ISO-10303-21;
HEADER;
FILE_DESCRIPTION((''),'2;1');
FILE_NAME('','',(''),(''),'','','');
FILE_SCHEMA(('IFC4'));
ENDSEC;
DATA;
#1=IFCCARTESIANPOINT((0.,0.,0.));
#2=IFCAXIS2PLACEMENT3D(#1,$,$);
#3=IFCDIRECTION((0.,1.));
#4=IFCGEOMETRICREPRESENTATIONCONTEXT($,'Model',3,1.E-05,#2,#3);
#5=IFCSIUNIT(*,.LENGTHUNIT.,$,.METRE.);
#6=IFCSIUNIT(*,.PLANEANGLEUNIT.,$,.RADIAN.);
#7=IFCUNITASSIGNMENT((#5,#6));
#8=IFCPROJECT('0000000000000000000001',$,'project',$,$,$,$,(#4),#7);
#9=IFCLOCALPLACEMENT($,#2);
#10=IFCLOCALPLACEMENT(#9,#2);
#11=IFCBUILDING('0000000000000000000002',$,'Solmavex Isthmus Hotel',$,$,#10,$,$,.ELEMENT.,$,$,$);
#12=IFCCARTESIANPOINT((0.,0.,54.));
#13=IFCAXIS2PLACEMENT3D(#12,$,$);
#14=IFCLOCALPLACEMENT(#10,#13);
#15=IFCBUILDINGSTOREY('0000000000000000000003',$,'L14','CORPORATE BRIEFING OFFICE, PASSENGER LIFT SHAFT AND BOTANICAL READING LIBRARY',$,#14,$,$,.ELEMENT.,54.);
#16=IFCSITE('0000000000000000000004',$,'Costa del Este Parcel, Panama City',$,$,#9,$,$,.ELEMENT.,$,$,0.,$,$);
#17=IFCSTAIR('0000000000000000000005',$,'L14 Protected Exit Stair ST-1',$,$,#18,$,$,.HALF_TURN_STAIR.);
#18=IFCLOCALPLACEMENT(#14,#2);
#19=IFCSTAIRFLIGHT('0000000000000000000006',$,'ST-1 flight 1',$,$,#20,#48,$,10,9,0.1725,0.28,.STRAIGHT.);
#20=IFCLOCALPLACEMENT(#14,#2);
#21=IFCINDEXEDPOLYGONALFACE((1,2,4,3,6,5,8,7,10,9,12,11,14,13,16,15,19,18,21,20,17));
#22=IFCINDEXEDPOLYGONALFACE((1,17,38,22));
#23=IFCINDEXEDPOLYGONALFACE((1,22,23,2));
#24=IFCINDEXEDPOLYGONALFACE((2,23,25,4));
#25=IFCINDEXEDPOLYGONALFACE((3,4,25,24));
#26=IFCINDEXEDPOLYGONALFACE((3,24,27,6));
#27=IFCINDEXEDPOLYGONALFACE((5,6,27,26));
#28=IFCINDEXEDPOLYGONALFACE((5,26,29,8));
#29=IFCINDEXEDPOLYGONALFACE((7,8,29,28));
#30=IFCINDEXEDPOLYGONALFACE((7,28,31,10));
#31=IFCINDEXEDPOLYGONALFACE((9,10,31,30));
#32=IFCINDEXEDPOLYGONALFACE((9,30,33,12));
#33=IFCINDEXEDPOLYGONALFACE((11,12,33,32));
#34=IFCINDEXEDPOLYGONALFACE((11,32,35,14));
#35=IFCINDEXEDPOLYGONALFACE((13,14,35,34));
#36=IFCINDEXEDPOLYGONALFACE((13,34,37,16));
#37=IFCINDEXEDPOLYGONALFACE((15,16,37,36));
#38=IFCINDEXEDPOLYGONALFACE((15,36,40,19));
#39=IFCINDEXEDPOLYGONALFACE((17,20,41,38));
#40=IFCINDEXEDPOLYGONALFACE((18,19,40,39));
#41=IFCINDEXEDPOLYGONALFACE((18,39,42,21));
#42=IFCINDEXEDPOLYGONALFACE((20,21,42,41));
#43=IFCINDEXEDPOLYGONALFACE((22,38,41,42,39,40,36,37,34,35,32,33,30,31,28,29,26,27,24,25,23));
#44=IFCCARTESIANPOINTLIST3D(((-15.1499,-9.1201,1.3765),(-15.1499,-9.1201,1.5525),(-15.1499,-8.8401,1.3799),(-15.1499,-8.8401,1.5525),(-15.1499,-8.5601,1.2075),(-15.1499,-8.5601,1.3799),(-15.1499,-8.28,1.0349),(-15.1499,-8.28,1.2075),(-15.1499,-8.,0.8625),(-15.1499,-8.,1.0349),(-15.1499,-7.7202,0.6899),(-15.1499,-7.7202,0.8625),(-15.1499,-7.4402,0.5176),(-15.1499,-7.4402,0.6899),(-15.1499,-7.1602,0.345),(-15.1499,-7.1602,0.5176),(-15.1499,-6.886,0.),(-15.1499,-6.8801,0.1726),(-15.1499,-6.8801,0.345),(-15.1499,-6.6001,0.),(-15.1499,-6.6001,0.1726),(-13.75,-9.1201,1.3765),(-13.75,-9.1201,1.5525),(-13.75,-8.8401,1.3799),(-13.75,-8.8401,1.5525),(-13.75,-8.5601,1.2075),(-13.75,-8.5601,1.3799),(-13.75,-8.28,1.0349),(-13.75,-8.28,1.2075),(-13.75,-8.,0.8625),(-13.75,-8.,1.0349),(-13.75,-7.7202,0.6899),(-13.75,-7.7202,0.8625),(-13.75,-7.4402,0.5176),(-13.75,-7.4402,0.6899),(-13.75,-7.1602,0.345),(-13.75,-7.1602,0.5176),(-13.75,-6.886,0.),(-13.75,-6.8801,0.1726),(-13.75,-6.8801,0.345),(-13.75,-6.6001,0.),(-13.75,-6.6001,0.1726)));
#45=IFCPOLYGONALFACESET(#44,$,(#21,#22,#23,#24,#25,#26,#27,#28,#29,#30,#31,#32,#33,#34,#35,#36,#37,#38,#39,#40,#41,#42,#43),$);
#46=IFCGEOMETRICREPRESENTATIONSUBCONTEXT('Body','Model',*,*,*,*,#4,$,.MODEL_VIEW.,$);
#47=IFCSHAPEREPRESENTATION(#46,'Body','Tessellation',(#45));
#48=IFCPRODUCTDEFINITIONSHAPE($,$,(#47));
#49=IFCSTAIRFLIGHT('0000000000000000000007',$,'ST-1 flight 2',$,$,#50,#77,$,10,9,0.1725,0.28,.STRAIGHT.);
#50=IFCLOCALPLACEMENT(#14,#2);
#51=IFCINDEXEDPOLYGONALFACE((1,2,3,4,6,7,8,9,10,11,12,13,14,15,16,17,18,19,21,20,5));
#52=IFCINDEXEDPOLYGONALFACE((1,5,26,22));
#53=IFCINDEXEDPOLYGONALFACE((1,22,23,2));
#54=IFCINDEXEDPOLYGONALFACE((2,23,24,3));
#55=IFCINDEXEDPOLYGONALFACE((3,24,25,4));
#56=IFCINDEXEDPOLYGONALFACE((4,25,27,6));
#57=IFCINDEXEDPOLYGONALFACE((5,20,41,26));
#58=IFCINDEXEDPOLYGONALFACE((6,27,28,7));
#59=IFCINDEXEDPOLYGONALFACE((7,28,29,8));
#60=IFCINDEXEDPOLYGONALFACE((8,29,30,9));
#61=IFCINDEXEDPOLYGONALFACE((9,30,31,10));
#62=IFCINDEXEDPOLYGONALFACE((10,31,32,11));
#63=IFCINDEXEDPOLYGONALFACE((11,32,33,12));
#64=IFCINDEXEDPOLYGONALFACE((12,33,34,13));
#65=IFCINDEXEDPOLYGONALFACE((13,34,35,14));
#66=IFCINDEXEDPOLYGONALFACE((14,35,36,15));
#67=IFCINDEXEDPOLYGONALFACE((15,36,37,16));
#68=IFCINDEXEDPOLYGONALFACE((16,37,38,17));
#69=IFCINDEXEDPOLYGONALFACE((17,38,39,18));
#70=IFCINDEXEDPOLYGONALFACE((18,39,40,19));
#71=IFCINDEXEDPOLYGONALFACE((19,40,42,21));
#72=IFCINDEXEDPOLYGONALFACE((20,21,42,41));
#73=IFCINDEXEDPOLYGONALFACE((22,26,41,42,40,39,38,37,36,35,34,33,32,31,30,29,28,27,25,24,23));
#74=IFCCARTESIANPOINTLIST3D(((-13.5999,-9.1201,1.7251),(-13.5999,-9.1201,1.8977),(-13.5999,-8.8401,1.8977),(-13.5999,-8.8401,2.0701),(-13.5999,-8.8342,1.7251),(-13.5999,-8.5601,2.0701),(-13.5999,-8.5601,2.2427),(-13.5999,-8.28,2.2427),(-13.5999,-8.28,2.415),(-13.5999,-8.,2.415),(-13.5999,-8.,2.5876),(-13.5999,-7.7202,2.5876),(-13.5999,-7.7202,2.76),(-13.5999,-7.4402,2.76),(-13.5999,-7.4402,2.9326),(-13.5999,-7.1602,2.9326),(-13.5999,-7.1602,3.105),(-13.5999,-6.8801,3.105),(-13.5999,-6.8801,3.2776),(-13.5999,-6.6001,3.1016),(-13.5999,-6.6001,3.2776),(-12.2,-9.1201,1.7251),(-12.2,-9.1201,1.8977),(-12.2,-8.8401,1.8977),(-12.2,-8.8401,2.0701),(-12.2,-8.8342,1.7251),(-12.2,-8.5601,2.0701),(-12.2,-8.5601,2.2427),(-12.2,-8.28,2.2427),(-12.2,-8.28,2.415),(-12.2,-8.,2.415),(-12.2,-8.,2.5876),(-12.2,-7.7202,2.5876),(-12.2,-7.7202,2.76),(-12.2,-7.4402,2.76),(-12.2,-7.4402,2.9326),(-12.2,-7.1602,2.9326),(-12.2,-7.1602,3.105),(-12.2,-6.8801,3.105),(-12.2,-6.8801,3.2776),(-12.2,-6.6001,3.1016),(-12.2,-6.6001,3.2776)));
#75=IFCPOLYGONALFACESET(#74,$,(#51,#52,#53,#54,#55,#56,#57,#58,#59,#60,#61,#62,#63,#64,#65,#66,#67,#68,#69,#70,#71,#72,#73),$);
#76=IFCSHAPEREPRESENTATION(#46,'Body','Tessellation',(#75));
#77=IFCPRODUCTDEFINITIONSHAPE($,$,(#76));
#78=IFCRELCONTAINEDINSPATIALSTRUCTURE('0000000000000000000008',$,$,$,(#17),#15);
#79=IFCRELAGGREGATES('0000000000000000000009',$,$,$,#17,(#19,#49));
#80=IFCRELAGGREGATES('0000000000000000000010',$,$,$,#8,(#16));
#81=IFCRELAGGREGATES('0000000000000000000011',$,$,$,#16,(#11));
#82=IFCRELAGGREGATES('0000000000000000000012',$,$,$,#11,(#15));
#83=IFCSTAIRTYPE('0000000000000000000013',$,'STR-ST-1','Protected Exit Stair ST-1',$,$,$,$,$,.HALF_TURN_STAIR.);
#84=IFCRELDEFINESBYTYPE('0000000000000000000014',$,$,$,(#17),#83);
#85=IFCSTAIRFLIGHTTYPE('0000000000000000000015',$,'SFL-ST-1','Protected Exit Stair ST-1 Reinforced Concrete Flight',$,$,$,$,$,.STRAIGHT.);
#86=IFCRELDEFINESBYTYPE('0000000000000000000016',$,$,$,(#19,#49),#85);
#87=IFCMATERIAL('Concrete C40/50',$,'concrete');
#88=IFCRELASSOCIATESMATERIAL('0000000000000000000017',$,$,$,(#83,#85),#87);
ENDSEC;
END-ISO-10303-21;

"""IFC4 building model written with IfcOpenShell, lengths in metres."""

from ifc_helpers import new_model, si_unit, direction, frame, origin, place, context, subcontext, project, spatial, polyline, outline, extrude, material, type_object, element, aggregate, save


model = new_model("IFC4")

# Units and contexts
model_context = context("Model", 3, precision=1e-05, world=origin(), true_north=direction((0.0, 1.0)))
body_context = subcontext(model_context, "Body", "Model", "MODEL_VIEW")
ifc_project = project(units=[si_unit("LENGTHUNIT", "METRE"), si_unit("PLANEANGLEUNIT", "RADIAN")], contexts=[model_context])

# Site, building, storey
site_placement = place(None, origin())
site = spatial("IfcSite", under=ifc_project, at=site_placement, Name="Costa del Este Parcel, Panama City", CompositionType="ELEMENT", RefElevation=0.0)
building_placement = place(site_placement, origin())
building = spatial("IfcBuilding", under=site, at=building_placement, Name="Solmavex Isthmus Hotel", CompositionType="ELEMENT")
storey_placement = place(building_placement, frame((0.0, 0.0, 54.0)))
storey = spatial("IfcBuildingStorey", under=building, at=storey_placement, Name="L14", Description="CORPORATE BRIEFING OFFICE, PASSENGER LIFT SHAFT AND BOTANICAL READING LIBRARY", CompositionType="ELEMENT", Elevation=54.0)

# Shared definitions
ifc_material_1 = material(Name="Concrete C40/50", Category="concrete")

# Stair, stair flights
stair_type = type_object("IfcStairType", Name="STR-ST-1", Description="Protected Exit Stair ST-1", PredefinedType="HALF_TURN_STAIR", material=ifc_material_1)
stair_placement = place(storey_placement, origin())
stair = element("IfcStair", 1, at=stair_placement, inside=storey, type_object=stair_type, Name="L14 Protected Exit Stair ST-1", PredefinedType="HALF_TURN_STAIR")
stair_flight_type = type_object("IfcStairFlightType", Name="SFL-ST-1", Description="Protected Exit Stair ST-1 Reinforced Concrete Flight", PredefinedType="STRAIGHT", material=ifc_material_1)
stair_flight_1_placement = place(storey_placement, frame((-14.45, -6.6001, 0.0), z_axis=(0.0, 0.0, 1.0), x_axis=(0.0, -1.0, 0.0)))
stair_flight_1 = element("IfcStairFlight", 2, at=stair_flight_1_placement, type_object=stair_flight_type, Name="ST-1 flight 1", NumberOfRisers=10, NumberOfTreads=9, PredefinedType="STRAIGHT", RiserHeight=0.1725, TreadLength=0.28, context=body_context, shape_type="SweptSolid", body=[
    extrude(outline(polyline([(0.0, 0.0), (0.0, 0.1726), (0.28, 0.1726), (0.28, 0.345), (0.5601, 0.345), (0.5601, 0.5176), (0.8401, 0.5176), (0.8401, 0.6899), (1.1201, 0.6899), (1.1201, 0.8625), (1.3999, 0.8625), (1.3999, 1.0349), (1.6799, 1.0349), (1.6799, 1.2075), (1.96, 1.2075), (1.96, 1.3799), (2.24, 1.3799), (2.24, 1.5525), (2.52, 1.5525), (2.52, 1.7251), (2.52, 1.3765), (0.2859, 0.0), (0.0, 0.0)])), frame((0.0, 0.7, 0.0), z_axis=(0.0, -1.0, 0.0), x_axis=(1.0, 0.0, 0.0)), (0.0, 0.0, 1.0), 1.3999),
])
stair_flight_2_placement = place(storey_placement, frame((-12.8999, -9.1201, 1.7251), z_axis=(0.0, 0.0, 1.0), x_axis=(0.0, 1.0, 0.0)))
stair_flight_2 = element("IfcStairFlight", 3, at=stair_flight_2_placement, type_object=stair_flight_type, Name="ST-1 flight 2", NumberOfRisers=10, NumberOfTreads=9, PredefinedType="STRAIGHT", RiserHeight=0.1725, TreadLength=0.28, context=body_context, shape_type="SweptSolid", body=[
    extrude(outline(polyline([(0.0, 0.0), (0.0, 0.1726), (0.28, 0.1726), (0.28, 0.345), (0.5601, 0.345), (0.5601, 0.5176), (0.8401, 0.5176), (0.8401, 0.6899), (1.1201, 0.6899), (1.1201, 0.8625), (1.3999, 0.8625), (1.3999, 1.0349), (1.6799, 1.0349), (1.6799, 1.2075), (1.96, 1.2075), (1.96, 1.3799), (2.24, 1.3799), (2.24, 1.5525), (2.52, 1.5525), (2.52, 1.7251), (2.52, 1.3765), (0.2859, 0.0), (0.0, 0.0)])), frame((0.0, 0.7, 0.0), z_axis=(0.0, -1.0, 0.0), x_axis=(1.0, 0.0, 0.0)), (0.0, 0.0, 1.0), 1.3999),
])
aggregate(stair, [stair_flight_1, stair_flight_2])

save(model, "model.ifc")
